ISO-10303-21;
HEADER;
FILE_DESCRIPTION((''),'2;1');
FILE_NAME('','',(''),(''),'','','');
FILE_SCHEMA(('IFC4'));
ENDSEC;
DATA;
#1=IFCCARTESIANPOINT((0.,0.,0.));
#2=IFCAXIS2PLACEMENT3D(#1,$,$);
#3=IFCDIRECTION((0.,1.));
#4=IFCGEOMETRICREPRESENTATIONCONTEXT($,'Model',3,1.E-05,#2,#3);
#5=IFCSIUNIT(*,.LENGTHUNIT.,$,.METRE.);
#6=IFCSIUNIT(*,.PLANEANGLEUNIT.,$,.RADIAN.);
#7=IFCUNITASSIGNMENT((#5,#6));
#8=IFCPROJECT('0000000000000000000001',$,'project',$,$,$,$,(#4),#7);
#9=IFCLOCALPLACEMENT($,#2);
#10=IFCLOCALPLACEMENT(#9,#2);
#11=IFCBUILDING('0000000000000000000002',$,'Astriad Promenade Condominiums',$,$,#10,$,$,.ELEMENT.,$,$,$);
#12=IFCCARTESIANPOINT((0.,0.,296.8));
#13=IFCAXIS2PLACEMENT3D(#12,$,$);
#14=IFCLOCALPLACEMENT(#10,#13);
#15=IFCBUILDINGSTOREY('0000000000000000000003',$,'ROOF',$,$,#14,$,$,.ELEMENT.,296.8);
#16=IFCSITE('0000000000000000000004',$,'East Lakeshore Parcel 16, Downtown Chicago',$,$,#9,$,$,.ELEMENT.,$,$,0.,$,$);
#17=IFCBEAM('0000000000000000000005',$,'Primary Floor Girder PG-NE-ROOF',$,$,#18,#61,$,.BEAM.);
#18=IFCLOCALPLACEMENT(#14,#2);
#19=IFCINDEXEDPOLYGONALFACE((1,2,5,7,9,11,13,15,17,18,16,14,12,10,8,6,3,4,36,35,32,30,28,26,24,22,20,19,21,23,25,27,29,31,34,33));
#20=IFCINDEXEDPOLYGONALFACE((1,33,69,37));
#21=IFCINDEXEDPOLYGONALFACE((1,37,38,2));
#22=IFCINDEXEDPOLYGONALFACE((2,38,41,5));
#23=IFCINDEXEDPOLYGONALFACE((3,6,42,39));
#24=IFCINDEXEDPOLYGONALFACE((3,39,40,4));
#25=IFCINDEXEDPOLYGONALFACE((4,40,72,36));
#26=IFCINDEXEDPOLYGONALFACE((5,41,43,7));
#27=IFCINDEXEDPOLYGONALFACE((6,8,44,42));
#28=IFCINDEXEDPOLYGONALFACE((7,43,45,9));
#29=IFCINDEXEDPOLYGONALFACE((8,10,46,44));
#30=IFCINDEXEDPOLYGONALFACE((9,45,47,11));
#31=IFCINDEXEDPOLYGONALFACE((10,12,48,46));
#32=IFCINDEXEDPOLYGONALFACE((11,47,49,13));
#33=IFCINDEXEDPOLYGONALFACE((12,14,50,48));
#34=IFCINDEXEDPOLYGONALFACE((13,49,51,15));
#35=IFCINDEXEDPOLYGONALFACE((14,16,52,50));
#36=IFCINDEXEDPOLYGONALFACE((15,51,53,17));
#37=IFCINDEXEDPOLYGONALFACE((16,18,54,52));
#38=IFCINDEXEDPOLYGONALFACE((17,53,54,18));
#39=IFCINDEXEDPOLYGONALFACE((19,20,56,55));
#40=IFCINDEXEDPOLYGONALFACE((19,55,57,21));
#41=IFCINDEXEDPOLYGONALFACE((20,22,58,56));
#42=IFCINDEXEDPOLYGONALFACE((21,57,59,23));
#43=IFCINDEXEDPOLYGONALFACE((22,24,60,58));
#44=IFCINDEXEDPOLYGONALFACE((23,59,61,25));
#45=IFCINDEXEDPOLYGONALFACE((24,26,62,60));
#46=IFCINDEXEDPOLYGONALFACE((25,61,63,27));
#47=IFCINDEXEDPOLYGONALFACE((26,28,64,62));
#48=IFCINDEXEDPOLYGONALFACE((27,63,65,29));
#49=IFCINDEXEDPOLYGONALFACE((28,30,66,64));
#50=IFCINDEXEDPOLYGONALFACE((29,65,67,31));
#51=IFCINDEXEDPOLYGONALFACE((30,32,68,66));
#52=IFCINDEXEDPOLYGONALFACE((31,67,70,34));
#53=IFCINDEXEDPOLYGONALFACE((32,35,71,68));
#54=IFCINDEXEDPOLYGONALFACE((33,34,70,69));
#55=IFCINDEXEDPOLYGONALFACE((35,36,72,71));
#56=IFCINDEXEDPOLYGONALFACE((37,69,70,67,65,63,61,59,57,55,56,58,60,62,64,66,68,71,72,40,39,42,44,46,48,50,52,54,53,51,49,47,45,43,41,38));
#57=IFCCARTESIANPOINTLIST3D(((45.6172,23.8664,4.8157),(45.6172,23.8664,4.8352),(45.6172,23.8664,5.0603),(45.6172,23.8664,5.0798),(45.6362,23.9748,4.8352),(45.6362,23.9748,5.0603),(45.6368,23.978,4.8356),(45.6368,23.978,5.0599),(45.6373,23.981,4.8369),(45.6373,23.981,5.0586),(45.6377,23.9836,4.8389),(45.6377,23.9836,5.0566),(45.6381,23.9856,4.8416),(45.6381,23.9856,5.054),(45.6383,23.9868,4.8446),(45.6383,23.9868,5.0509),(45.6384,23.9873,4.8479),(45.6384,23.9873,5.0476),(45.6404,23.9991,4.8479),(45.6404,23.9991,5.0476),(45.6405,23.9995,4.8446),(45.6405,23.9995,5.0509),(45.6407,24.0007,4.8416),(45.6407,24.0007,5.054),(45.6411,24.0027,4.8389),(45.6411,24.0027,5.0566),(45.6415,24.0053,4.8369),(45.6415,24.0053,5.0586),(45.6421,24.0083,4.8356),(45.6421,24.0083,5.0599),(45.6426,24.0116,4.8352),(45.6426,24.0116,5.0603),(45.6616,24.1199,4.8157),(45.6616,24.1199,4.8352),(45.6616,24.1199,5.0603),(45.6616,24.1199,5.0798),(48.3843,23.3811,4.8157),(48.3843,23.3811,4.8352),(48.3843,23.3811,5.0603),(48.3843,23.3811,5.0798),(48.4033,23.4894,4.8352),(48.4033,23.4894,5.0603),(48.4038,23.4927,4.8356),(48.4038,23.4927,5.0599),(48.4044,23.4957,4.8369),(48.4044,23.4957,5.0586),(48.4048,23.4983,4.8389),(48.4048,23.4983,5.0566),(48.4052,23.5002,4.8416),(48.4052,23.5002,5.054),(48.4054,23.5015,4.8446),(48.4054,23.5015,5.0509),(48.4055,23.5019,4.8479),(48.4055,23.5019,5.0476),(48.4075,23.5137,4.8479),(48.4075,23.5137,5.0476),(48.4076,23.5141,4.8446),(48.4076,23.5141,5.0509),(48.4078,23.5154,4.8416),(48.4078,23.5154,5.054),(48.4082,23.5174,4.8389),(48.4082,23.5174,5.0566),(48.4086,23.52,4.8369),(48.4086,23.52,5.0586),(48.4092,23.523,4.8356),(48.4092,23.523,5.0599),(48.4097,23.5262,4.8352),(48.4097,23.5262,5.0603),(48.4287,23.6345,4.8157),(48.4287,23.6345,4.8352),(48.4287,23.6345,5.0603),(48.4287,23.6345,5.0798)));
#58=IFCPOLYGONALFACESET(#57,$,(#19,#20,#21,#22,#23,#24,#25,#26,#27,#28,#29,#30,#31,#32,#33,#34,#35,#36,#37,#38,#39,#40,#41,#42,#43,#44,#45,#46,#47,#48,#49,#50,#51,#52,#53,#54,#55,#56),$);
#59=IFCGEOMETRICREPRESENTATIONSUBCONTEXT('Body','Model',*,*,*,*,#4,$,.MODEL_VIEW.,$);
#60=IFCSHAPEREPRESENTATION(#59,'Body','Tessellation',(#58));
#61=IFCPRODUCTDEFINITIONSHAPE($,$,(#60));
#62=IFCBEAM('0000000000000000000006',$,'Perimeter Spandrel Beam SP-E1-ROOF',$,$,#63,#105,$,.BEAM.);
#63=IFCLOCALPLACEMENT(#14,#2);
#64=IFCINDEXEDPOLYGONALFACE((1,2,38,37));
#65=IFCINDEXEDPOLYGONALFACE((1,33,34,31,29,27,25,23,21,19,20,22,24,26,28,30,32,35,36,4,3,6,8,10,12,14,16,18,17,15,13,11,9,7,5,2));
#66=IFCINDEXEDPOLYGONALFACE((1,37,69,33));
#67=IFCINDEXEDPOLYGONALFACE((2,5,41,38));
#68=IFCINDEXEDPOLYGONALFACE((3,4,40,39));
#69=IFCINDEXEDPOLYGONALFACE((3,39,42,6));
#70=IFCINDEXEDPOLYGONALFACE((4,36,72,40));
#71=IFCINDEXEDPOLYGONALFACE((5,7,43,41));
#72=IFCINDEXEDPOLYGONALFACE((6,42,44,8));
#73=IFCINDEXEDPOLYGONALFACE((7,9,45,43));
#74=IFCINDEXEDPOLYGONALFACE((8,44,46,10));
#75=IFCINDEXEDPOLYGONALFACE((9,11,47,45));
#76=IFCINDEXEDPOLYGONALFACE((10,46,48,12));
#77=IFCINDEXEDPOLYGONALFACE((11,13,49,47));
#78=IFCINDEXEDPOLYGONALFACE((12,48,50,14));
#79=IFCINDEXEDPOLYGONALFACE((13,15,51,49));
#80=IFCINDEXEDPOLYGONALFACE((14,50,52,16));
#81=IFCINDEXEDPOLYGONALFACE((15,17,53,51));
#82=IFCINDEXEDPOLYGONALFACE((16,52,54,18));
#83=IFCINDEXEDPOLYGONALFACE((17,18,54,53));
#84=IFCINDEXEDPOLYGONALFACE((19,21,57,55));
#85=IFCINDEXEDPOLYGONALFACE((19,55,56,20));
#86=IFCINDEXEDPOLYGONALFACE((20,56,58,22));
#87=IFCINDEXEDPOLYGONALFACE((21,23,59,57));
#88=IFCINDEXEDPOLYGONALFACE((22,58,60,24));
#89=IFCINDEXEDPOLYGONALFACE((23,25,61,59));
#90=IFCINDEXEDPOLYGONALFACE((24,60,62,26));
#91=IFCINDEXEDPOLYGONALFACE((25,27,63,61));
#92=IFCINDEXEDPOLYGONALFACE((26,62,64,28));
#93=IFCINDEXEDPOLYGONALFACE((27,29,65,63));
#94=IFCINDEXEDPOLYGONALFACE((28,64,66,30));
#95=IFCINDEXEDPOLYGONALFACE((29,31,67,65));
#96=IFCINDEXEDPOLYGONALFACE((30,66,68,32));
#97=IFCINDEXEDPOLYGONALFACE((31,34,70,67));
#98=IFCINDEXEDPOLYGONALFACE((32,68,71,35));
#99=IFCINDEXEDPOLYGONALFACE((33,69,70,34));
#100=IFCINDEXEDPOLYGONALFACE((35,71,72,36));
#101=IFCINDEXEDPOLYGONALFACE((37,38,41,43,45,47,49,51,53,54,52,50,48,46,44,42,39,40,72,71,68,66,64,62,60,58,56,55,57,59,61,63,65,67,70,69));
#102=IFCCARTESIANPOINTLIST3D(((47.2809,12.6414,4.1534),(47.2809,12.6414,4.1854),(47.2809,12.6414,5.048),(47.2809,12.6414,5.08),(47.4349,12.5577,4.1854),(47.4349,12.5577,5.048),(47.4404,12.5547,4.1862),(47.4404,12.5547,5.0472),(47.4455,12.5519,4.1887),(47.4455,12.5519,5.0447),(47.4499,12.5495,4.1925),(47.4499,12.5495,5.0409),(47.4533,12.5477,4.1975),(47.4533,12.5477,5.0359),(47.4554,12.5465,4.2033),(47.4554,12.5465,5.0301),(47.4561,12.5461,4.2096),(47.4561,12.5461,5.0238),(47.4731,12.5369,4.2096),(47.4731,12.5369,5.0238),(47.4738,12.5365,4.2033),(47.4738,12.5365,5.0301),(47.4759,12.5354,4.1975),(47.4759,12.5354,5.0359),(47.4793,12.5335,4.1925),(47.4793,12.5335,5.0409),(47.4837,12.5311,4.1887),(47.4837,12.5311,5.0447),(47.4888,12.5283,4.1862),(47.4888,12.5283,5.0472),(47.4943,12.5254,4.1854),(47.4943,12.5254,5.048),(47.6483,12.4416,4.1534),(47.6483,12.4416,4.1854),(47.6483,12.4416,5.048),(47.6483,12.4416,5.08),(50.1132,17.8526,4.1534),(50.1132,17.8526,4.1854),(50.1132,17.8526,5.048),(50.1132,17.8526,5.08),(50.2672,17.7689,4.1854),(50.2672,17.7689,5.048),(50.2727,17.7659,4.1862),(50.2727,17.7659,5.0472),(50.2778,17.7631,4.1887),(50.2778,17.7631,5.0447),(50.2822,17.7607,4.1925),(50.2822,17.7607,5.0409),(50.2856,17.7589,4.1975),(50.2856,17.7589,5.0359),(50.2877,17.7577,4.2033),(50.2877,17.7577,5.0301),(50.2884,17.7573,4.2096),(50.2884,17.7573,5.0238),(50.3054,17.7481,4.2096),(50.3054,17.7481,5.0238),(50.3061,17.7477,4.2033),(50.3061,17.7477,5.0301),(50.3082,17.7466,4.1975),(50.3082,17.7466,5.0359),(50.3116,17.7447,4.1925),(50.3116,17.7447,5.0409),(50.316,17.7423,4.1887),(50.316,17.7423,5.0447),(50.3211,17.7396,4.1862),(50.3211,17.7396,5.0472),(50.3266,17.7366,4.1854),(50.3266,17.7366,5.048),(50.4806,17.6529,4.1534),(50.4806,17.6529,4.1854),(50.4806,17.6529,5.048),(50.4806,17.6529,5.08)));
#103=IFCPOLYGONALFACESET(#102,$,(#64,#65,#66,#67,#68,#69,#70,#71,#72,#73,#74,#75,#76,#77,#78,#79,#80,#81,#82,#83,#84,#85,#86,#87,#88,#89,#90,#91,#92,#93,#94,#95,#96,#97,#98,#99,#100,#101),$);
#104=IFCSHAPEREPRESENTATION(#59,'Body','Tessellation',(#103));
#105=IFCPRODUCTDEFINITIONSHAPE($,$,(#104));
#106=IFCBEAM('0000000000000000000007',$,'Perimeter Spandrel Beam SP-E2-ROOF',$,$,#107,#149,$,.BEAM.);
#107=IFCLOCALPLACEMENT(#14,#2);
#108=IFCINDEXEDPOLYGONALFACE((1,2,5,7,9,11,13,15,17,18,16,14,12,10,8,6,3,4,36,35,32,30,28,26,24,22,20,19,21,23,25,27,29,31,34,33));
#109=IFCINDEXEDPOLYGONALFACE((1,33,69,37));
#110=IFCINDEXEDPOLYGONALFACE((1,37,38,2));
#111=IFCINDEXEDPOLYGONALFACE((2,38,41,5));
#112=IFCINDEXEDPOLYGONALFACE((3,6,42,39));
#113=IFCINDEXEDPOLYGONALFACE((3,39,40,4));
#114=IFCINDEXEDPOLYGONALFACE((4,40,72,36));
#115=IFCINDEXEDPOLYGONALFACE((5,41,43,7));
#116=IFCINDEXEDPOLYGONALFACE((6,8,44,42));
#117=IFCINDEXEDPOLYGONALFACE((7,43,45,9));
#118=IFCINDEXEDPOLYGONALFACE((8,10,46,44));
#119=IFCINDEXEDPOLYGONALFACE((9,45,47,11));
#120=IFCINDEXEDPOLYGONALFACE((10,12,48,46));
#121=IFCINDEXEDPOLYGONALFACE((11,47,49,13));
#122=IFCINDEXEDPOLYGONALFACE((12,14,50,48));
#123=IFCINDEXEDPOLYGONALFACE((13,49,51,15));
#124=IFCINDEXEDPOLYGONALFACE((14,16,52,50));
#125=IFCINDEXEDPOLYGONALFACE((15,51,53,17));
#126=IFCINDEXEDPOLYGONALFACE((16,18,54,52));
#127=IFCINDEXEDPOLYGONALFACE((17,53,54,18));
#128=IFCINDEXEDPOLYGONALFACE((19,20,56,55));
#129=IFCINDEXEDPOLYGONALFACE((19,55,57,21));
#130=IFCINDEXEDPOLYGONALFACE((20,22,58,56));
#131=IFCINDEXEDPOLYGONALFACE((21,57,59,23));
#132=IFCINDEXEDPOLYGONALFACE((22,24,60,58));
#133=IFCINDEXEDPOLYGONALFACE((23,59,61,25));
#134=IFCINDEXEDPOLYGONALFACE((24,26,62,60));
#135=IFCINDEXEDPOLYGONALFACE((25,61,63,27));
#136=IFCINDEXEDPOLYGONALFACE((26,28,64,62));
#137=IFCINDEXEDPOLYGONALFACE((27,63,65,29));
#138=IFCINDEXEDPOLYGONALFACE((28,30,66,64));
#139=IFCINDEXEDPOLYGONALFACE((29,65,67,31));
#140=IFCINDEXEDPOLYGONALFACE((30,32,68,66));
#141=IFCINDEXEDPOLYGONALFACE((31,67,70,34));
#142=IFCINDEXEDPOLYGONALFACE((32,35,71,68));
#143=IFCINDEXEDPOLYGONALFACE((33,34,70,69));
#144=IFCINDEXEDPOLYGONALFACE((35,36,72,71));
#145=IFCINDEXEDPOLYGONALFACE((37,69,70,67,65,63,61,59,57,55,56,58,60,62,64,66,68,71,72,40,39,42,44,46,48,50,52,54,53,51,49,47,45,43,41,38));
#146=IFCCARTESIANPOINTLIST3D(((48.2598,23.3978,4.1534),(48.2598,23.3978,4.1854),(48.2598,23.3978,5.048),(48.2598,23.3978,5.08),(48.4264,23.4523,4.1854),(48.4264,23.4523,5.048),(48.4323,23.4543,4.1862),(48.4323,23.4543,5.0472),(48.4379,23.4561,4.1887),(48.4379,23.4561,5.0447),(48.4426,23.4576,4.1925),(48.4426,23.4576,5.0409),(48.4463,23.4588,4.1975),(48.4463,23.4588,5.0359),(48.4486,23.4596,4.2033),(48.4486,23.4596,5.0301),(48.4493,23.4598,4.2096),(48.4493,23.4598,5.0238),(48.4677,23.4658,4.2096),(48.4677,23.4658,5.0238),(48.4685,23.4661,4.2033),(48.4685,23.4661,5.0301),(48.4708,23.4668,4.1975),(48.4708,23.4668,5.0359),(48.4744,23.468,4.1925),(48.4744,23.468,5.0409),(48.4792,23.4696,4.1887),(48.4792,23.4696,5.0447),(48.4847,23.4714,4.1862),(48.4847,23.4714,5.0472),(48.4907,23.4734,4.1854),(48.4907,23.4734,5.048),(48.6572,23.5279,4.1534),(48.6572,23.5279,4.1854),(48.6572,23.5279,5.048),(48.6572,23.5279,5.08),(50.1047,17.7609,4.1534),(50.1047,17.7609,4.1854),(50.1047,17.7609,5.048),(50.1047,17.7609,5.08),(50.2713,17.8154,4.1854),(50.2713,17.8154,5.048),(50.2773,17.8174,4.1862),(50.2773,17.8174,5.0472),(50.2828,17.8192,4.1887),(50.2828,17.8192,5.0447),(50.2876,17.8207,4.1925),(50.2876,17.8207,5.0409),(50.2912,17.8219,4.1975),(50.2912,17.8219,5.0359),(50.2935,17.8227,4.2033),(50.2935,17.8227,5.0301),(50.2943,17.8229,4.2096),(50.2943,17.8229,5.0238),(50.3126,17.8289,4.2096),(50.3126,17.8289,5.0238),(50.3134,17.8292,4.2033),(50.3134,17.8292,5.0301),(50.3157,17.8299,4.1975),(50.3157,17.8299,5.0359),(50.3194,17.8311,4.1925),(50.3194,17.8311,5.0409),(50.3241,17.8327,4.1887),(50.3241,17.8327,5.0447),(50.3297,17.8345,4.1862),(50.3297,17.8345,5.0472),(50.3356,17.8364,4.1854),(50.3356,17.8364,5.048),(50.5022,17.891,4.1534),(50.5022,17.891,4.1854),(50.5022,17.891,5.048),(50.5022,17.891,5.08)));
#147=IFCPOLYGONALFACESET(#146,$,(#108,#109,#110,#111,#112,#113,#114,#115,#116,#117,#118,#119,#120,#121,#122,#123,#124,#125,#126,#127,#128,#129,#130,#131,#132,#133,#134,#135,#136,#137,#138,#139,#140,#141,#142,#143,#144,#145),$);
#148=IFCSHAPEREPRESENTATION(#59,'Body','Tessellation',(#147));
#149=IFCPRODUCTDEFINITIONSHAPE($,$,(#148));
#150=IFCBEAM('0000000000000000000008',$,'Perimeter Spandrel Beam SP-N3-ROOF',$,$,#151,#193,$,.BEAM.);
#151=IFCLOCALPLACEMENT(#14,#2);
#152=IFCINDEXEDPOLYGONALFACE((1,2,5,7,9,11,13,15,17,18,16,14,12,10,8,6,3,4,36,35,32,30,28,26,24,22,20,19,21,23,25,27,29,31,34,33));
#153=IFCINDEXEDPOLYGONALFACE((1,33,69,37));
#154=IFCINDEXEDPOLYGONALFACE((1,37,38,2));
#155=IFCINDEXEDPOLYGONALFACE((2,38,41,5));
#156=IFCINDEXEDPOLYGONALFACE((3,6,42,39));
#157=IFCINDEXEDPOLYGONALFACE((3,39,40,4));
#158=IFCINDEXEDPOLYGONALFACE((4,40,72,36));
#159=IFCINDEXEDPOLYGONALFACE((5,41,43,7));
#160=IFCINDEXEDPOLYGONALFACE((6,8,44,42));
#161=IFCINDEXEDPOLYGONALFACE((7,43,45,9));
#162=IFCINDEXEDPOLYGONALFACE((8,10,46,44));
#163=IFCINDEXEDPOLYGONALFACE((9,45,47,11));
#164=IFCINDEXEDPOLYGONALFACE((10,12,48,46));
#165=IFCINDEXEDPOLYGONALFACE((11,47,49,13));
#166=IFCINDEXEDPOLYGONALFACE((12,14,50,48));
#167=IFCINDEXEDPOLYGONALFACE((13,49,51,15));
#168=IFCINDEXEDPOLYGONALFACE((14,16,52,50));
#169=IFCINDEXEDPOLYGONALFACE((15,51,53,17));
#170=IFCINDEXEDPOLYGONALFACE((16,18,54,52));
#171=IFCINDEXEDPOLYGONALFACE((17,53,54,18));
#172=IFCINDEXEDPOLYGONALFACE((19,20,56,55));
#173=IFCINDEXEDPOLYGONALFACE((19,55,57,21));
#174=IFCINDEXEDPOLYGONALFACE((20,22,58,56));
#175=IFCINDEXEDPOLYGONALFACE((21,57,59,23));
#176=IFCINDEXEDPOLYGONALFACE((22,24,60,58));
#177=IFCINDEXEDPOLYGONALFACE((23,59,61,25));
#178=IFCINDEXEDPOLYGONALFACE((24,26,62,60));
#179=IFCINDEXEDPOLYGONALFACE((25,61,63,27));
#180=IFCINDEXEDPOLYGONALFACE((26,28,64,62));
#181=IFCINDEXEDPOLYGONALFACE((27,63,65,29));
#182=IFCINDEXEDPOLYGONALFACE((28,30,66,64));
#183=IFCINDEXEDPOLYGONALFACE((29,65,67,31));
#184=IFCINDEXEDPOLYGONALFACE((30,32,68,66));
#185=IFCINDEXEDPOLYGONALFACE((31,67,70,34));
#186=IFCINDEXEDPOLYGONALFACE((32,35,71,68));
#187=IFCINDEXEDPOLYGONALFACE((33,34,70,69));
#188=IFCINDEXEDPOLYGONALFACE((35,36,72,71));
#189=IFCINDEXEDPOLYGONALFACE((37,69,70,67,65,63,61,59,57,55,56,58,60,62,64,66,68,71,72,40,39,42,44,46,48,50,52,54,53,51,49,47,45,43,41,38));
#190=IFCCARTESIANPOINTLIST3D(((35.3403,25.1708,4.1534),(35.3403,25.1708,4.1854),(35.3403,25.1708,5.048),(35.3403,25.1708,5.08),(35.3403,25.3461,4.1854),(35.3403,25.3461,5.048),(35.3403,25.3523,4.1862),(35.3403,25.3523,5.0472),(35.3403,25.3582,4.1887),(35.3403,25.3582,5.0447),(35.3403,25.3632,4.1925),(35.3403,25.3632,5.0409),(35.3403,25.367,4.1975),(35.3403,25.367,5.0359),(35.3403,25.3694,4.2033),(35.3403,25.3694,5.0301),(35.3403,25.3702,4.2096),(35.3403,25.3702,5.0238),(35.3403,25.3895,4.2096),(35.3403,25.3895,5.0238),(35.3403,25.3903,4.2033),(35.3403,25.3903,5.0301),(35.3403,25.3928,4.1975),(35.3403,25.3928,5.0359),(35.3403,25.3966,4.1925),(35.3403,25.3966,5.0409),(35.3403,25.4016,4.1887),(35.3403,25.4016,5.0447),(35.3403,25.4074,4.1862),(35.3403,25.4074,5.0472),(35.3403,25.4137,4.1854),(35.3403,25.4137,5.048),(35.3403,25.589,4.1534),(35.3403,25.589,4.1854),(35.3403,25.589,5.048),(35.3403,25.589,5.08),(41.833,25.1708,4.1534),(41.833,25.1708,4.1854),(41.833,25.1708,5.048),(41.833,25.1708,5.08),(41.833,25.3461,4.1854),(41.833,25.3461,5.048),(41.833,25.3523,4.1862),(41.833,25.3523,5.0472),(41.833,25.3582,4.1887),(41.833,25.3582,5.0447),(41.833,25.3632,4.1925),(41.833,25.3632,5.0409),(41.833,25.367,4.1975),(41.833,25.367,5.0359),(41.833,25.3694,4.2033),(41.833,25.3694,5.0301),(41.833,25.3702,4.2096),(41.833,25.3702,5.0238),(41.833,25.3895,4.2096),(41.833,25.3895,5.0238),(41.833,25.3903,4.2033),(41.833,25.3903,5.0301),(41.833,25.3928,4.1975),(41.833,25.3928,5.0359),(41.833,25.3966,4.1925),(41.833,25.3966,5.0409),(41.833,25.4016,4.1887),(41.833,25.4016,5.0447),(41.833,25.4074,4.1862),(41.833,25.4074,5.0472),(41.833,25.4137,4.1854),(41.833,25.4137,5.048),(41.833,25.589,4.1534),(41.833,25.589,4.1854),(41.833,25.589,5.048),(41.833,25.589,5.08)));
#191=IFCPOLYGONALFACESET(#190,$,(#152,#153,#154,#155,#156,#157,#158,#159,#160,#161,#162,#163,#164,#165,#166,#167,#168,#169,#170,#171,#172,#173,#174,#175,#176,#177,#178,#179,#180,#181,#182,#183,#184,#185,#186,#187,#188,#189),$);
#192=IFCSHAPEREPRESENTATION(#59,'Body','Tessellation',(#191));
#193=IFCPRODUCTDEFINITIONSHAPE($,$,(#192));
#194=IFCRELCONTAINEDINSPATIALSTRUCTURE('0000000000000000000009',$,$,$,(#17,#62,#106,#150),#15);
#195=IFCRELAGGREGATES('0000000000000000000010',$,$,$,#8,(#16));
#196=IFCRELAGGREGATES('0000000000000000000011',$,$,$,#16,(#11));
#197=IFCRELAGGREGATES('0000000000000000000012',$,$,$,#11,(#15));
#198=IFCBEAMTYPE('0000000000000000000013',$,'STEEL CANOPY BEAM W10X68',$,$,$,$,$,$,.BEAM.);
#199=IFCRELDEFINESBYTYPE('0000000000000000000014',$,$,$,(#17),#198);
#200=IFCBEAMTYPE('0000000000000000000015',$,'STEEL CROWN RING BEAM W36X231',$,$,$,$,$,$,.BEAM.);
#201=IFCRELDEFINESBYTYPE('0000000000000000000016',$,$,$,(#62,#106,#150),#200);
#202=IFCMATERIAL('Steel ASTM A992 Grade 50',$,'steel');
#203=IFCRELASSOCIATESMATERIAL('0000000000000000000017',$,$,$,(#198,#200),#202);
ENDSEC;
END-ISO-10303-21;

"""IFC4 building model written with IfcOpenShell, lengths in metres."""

from ifc_helpers import new_model, si_unit, direction, frame, origin, origin_2d, place, context, subcontext, project, spatial, i_section, extrude, source, transform, mapped, material, material_profile, profile_set, type_object, type_shapes, element, save


model = new_model("IFC4")

# Units and contexts
model_context = context("Model", 3, precision=1e-05, world=origin(), true_north=direction((0.0, 1.0)))
body_context = subcontext(model_context, "Body", "Model", "MODEL_VIEW")
ifc_project = project(units=[si_unit("LENGTHUNIT", "METRE"), si_unit("PLANEANGLEUNIT", "RADIAN")], contexts=[model_context])

# Site, building, storey
site_placement = place(None, origin())
site = spatial("IfcSite", under=ifc_project, at=site_placement, Name="East Lakeshore Parcel 16, Downtown Chicago", CompositionType="ELEMENT", RefElevation=0.0)
building_placement = place(site_placement, origin())
building = spatial("IfcBuilding", under=site, at=building_placement, Name="Astriad Promenade Condominiums", CompositionType="ELEMENT")
storey_placement = place(building_placement, frame((0.0, 0.0, 296.8)))
storey = spatial("IfcBuildingStorey", under=building, at=storey_placement, Name="ROOF", CompositionType="ELEMENT", Elevation=296.8)

# Shared definitions
ifc_material_1 = material(Name="Steel ASTM A992 Grade 50", Category="steel")

# Beams
ifc_material_profile_1 = material_profile(ifc_material_1, i_section(OverallWidth=0.2573, OverallDepth=0.2642, WebThickness=0.012, FlangeThickness=0.0195, FilletRadius=0.0127, at=origin_2d()), Name="W10X68")
ifc_profile_set_1 = profile_set([ifc_material_profile_1], Name="Steel ASTM A992 Grade 50")
beam_type_1 = type_object("IfcBeamType", Name="STEEL CANOPY BEAM W10X68", PredefinedType="BEAM", material=ifc_profile_set_1)
shared_shape_1 = source(origin(), body_context, "Body", "SweptSolid", [
    extrude(i_section(OverallWidth=0.2573, OverallDepth=0.2642, WebThickness=0.012, FlangeThickness=0.0195, FilletRadius=0.0127, at=origin_2d()), origin(), (0.0, 0.0, 1.0), 2.8093),
])
type_shapes(beam_type_1, [shared_shape_1])
beam_1_placement = place(storey_placement, frame((48.4065, 23.5078, 4.9478), z_axis=(-0.984963, 0.172764, 0.0), x_axis=(-0.172764, -0.984963, 0.0)))
element("IfcBeam", 1, at=beam_1_placement, inside=storey, type_object=beam_type_1, Name="Primary Floor Girder PG-NE-ROOF", PredefinedType="BEAM", context=body_context, shape_type="MappedRepresentation", body=[
    mapped(shared_shape_1, transform((0.0, 0.0, 0.0), scale=1.0)),
])
ifc_material_profile_2 = material_profile(ifc_material_1, i_section(OverallWidth=0.4182, OverallDepth=0.9265, WebThickness=0.0193, FlangeThickness=0.032, FilletRadius=0.0242, at=origin_2d()), Name="W36X231")
ifc_profile_set_2 = profile_set([ifc_material_profile_2], Name="Steel ASTM A992 Grade 50")
beam_type_2 = type_object("IfcBeamType", Name="STEEL CROWN RING BEAM W36X231", PredefinedType="BEAM", material=ifc_profile_set_2)
shared_shape_2 = source(origin(), body_context, "Body", "SweptSolid", [
    extrude(i_section(OverallWidth=0.4182, OverallDepth=0.9265, WebThickness=0.0193, FlangeThickness=0.032, FilletRadius=0.0242, at=origin_2d()), origin(), (0.0, 0.0, 1.0), 5.9312),
])
for number, where, z_axis, x_axis, name in (
    (2, (47.4646, 12.5415, 4.6167), (0.477528, 0.878617, 0.0), (-0.878617, 0.477528, 0.0), "Perimeter Spandrel Beam SP-E1-ROOF"),
    (3, (50.3035, 17.8259, 4.6167), (-0.311061, 0.95039, 0.0), (-0.95039, -0.311061, 0.0), "Perimeter Spandrel Beam SP-E2-ROOF"),
):
    element("IfcBeam", number, at=place(storey_placement, frame(where, z_axis=z_axis, x_axis=x_axis)), inside=storey, type_object=beam_type_2, Name=name, PredefinedType="BEAM", context=body_context, shape_type="MappedRepresentation", body=[
        mapped(shared_shape_2, transform((0.0, 0.0, 0.0), scale=1.0)),
    ])
shared_shape_3 = source(origin(), body_context, "Body", "SweptSolid", [
    extrude(i_section(OverallWidth=0.4182, OverallDepth=0.9265, WebThickness=0.0193, FlangeThickness=0.032, FilletRadius=0.0242, at=origin_2d()), origin(), (0.0, 0.0, 1.0), 6.4927),
])
type_shapes(beam_type_2, [shared_shape_2, shared_shape_3])
beam_2_placement = place(storey_placement, frame((41.833, 25.3799, 4.6167), z_axis=(-1.0, 0.0, 0.0), x_axis=(0.0, -1.0, 0.0)))
element("IfcBeam", 4, at=beam_2_placement, inside=storey, type_object=beam_type_2, Name="Perimeter Spandrel Beam SP-N3-ROOF", PredefinedType="BEAM", context=body_context, shape_type="MappedRepresentation", body=[
    mapped(shared_shape_3, transform((0.0, 0.0, 0.0), scale=1.0)),
])

save(model, "model.ifc")
